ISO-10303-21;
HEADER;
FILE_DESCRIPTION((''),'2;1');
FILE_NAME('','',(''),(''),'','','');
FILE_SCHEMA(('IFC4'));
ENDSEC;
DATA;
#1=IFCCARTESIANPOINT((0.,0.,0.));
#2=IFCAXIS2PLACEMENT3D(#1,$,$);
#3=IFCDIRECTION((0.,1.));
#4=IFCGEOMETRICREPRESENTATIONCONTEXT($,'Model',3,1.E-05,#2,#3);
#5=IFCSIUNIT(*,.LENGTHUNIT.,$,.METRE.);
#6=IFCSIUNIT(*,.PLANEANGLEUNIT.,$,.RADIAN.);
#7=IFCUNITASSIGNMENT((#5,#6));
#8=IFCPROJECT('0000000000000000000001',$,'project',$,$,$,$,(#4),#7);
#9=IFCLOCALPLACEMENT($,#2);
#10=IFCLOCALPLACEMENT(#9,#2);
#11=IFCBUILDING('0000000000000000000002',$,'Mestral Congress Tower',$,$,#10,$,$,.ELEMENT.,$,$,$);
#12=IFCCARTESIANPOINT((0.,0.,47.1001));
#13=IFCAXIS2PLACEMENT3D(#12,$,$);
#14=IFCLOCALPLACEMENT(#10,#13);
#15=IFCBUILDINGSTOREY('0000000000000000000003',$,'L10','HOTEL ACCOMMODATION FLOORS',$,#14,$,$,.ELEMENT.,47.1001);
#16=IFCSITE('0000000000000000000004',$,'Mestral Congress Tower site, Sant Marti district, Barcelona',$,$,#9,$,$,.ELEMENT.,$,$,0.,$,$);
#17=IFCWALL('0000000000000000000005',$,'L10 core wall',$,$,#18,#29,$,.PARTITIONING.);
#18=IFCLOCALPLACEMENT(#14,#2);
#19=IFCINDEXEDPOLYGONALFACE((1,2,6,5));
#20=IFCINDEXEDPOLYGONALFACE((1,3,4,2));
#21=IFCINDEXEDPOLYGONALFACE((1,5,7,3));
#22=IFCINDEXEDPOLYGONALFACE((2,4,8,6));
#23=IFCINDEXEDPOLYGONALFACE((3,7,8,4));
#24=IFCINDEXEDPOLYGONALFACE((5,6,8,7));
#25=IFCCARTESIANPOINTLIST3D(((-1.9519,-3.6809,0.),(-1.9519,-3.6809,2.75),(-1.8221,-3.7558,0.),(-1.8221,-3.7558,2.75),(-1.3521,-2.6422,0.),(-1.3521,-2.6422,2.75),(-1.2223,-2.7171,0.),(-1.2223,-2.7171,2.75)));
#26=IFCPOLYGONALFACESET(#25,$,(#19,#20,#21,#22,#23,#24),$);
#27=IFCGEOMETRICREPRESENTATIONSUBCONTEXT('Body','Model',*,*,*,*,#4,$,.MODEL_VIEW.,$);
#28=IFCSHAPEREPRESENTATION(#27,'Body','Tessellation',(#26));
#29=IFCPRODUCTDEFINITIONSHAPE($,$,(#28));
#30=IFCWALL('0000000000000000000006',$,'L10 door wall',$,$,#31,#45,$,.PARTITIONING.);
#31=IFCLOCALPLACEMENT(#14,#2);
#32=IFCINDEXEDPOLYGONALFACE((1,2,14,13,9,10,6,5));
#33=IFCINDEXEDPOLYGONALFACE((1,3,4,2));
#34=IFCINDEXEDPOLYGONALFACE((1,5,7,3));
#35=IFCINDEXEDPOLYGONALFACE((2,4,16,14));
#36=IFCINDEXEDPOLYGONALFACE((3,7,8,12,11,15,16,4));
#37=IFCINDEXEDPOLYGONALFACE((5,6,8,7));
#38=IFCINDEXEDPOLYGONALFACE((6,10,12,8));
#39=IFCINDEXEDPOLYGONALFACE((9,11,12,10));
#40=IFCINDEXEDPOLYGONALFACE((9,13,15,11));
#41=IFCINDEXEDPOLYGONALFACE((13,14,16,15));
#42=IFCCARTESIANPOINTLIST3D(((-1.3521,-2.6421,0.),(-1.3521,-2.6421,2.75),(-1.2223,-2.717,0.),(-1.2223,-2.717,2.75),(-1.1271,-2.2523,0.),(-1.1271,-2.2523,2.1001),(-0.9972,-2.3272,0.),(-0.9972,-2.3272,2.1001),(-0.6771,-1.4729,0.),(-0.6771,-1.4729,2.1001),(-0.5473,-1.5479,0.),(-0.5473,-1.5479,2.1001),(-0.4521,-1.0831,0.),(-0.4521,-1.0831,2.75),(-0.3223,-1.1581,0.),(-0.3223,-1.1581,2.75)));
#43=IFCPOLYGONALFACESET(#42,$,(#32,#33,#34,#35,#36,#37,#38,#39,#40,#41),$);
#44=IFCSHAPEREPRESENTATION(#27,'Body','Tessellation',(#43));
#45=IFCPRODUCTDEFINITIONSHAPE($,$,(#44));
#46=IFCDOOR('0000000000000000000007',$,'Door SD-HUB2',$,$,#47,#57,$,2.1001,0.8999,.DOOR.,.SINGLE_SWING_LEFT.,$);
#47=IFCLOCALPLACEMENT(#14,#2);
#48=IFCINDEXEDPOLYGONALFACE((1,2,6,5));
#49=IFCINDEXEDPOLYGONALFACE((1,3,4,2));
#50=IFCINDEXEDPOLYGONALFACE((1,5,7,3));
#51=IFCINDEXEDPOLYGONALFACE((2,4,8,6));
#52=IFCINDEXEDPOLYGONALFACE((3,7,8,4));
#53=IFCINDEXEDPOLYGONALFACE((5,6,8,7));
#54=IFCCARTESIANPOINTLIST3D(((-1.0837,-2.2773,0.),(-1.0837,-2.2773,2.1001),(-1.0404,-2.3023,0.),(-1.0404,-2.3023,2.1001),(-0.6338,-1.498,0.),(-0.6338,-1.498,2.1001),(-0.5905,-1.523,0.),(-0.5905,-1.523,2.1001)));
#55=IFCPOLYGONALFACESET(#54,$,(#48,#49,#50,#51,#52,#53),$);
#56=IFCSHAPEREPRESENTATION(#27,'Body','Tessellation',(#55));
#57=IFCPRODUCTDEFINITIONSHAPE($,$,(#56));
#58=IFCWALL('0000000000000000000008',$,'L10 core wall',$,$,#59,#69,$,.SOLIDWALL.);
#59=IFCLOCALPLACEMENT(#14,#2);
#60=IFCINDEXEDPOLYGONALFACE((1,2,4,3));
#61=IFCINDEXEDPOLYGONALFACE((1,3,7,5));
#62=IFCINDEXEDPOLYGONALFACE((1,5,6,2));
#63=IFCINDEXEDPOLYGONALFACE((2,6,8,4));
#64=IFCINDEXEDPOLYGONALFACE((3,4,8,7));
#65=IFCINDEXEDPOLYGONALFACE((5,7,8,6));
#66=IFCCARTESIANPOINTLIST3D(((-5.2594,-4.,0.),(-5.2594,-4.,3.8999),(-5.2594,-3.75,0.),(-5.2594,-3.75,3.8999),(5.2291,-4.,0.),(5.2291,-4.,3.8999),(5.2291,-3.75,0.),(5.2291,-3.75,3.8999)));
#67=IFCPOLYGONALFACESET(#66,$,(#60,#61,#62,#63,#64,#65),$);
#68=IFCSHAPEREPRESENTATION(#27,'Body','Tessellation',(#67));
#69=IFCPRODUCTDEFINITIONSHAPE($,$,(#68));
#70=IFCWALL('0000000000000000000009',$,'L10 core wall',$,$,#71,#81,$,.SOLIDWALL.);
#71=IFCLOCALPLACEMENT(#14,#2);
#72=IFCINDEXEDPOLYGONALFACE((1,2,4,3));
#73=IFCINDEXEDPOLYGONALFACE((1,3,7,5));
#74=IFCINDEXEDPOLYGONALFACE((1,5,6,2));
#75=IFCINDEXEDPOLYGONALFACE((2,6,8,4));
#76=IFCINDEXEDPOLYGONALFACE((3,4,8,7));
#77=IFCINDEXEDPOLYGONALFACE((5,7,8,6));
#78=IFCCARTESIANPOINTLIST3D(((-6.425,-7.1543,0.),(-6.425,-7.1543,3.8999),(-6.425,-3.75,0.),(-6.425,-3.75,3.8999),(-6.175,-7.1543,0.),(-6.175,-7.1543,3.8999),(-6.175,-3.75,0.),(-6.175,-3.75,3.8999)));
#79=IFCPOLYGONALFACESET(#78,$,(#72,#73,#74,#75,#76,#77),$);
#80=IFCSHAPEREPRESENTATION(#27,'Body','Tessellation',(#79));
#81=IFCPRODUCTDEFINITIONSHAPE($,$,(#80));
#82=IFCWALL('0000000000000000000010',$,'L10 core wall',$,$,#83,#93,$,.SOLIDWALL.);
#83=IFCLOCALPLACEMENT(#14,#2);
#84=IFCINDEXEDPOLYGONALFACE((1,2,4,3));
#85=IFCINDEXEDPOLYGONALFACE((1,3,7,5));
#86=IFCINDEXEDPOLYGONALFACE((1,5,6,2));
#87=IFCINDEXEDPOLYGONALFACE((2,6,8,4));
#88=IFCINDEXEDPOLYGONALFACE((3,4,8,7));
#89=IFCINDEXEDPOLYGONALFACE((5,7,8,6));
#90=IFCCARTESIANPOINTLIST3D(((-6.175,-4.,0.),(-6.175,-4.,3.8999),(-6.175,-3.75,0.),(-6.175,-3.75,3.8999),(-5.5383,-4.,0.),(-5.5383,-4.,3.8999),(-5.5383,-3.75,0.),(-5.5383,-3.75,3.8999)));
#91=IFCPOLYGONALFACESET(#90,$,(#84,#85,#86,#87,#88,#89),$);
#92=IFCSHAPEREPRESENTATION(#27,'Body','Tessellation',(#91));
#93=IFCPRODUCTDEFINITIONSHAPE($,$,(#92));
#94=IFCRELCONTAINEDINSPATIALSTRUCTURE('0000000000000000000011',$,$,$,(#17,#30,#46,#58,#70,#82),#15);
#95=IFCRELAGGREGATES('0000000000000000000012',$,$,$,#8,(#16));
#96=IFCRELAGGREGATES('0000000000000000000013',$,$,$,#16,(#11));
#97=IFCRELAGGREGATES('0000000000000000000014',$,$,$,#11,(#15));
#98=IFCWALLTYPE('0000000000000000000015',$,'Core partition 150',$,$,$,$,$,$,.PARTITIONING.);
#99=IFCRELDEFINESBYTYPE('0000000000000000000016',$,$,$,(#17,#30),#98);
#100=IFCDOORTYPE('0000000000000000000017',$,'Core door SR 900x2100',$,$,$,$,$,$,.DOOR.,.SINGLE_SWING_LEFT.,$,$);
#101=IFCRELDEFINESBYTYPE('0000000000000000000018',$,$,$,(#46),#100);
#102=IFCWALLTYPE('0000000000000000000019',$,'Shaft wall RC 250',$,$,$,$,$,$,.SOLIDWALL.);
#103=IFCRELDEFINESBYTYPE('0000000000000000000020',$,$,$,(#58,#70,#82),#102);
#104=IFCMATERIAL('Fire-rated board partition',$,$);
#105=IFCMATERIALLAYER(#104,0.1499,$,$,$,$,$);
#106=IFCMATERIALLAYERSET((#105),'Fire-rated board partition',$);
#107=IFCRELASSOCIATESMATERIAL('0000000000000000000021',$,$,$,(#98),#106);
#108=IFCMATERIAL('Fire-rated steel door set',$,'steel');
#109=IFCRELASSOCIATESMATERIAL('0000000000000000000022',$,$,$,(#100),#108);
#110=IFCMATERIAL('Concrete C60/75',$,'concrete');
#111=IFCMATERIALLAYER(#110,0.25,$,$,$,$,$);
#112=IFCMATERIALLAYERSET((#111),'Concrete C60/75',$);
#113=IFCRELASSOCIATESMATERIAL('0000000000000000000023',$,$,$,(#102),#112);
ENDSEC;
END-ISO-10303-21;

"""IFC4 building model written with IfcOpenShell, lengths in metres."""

from ifc_helpers import new_model, si_unit, direction, frame, frame_2d, origin, place, context, subcontext, project, spatial, rectangle, extrude, material, layer, layer_set, type_object, element, fill, save


model = new_model("IFC4")

# Units and contexts
model_context = context("Model", 3, precision=1e-05, world=origin(), true_north=direction((0.0, 1.0)))
body_context = subcontext(model_context, "Body", "Model", "MODEL_VIEW")
ifc_project = project(units=[si_unit("LENGTHUNIT", "METRE"), si_unit("PLANEANGLEUNIT", "RADIAN")], contexts=[model_context])

# Site, building, storey
site_placement = place(None, origin())
site = spatial("IfcSite", under=ifc_project, at=site_placement, Name="Mestral Congress Tower site, Sant Marti district, Barcelona", CompositionType="ELEMENT", RefElevation=0.0)
building_placement = place(site_placement, origin())
building = spatial("IfcBuilding", under=site, at=building_placement, Name="Mestral Congress Tower", CompositionType="ELEMENT")
storey_placement = place(building_placement, frame((0.0, 0.0, 47.1001)))
storey = spatial("IfcBuildingStorey", under=building, at=storey_placement, Name="L10", Description="HOTEL ACCOMMODATION FLOORS", CompositionType="ELEMENT", Elevation=47.1001)

# Wall
ifc_material_1 = material(Name="Fire-rated board partition")
ifc_layer_1 = layer(ifc_material_1, 0.1499)
ifc_layer_set_1 = layer_set([ifc_layer_1], Name="Fire-rated board partition")
wall_type_1 = type_object("IfcWallType", Name="Core partition 150", PredefinedType="PARTITIONING", material=ifc_layer_set_1)
wall_1_placement = place(storey_placement, frame((-1.887, -3.7183, 0.0), z_axis=(0.0, 0.0, 1.0), x_axis=(0.500057, 0.865992, 0.0)))
element("IfcWall", 1, at=wall_1_placement, inside=storey, type_object=wall_type_1, Name="L10 core wall", PredefinedType="PARTITIONING", context=body_context, shape_type="SweptSolid", body=[
    extrude(rectangle(XDim=1.1995, YDim=0.1499, at=frame_2d((0.5996, 0.0))), origin(), (0.0, 0.0, 1.0), 2.75),
])

# Wall, opening, door
wall_2_placement = place(storey_placement, frame((-1.2871, -2.6794, 0.0), z_axis=(0.0, 0.0, 1.0), x_axis=(0.499961, 0.866048, 0.0)))
wall_2 = element("IfcWall", 2, at=wall_2_placement, inside=storey, type_object=wall_type_1, Name="L10 door wall", PredefinedType="PARTITIONING", context=body_context, shape_type="SweptSolid", body=[
    extrude(rectangle(XDim=1.8, YDim=0.1499, at=frame_2d((0.8999, 0.0))), origin(), (0.0, 0.0, 1.0), 2.75),
])
opening_1_placement = place(wall_2_placement, frame((0.45, 0.0, 0.0)))
opening_1 = element("IfcOpeningElement", 3, at=opening_1_placement, cuts=wall_2, PredefinedType="OPENING", context=body_context, shape_type="SweptSolid", body=[
    extrude(rectangle(XDim=0.8999, YDim=2.1001, at=frame_2d((0.45, 1.05))), frame((0.0, 0.085, 0.0), z_axis=(0.0, -1.0, 0.0), x_axis=(1.0, 0.0, 0.0)), (0.0, 0.0, 1.0), 0.1699),
])
ifc_material_2 = material(Name="Fire-rated steel door set", Category="steel")
door_type_1 = type_object("IfcDoorType", Name="Core door SR 900x2100", OperationType="SINGLE_SWING_LEFT", PredefinedType="DOOR", material=ifc_material_2)
door_1_placement = place(opening_1_placement, origin())
door_1 = element("IfcDoor", 4, at=door_1_placement, inside=storey, type_object=door_type_1, Name="Door SD-HUB2", OperationType="SINGLE_SWING_LEFT", OverallHeight=2.1001, OverallWidth=0.8999, PredefinedType="DOOR", context=body_context, shape_type="SweptSolid", body=[
    extrude(rectangle(XDim=0.8999, YDim=2.1001, at=frame_2d((0.45, 1.05))), frame((0.0, 0.0249, 0.0), z_axis=(0.0, -1.0, 0.0), x_axis=(1.0, 0.0, 0.0)), (0.0, 0.0, 1.0), 0.05),
])
fill(opening_1, door_1)

# Walls
ifc_material_3 = material(Name="Concrete C60/75", Category="concrete")
ifc_layer_2 = layer(ifc_material_3, 0.25)
ifc_layer_set_2 = layer_set([ifc_layer_2], Name="Concrete C60/75")
wall_type_2 = type_object("IfcWallType", Name="Shaft wall RC 250", PredefinedType="SOLIDWALL", material=ifc_layer_set_2)
wall_3_placement = place(storey_placement, frame((-5.2593, -3.875, 0.0), z_axis=(0.0, 0.0, 1.0), x_axis=(1.0, 0.0, 0.0)))
element("IfcWall", 5, at=wall_3_placement, inside=storey, type_object=wall_type_2, Name="L10 core wall", PredefinedType="SOLIDWALL", context=body_context, shape_type="SweptSolid", body=[
    extrude(rectangle(XDim=10.4885, YDim=0.25, at=frame_2d((5.2441, 0.0))), origin(), (0.0, 0.0, 1.0), 3.8999),
])
wall_4_placement = place(storey_placement, frame((-6.3, -3.75, 0.0), z_axis=(0.0, 0.0, 1.0), x_axis=(0.0, -1.0, 0.0)))
element("IfcWall", 6, at=wall_4_placement, inside=storey, type_object=wall_type_2, Name="L10 core wall", PredefinedType="SOLIDWALL", context=body_context, shape_type="SweptSolid", body=[
    extrude(rectangle(XDim=3.4043, YDim=0.25, at=frame_2d((1.7021, 0.0))), origin(), (0.0, 0.0, 1.0), 3.8999),
])
wall_5_placement = place(storey_placement, frame((-6.175, -3.875, 0.0), z_axis=(0.0, 0.0, 1.0), x_axis=(1.0, 0.0, 0.0)))
element("IfcWall", 7, at=wall_5_placement, inside=storey, type_object=wall_type_2, Name="L10 core wall", PredefinedType="SOLIDWALL", context=body_context, shape_type="SweptSolid", body=[
    extrude(rectangle(XDim=0.6367, YDim=0.25, at=frame_2d((0.3184, 0.0))), origin(), (0.0, 0.0, 1.0), 3.8999),
])

save(model, "model.ifc")
